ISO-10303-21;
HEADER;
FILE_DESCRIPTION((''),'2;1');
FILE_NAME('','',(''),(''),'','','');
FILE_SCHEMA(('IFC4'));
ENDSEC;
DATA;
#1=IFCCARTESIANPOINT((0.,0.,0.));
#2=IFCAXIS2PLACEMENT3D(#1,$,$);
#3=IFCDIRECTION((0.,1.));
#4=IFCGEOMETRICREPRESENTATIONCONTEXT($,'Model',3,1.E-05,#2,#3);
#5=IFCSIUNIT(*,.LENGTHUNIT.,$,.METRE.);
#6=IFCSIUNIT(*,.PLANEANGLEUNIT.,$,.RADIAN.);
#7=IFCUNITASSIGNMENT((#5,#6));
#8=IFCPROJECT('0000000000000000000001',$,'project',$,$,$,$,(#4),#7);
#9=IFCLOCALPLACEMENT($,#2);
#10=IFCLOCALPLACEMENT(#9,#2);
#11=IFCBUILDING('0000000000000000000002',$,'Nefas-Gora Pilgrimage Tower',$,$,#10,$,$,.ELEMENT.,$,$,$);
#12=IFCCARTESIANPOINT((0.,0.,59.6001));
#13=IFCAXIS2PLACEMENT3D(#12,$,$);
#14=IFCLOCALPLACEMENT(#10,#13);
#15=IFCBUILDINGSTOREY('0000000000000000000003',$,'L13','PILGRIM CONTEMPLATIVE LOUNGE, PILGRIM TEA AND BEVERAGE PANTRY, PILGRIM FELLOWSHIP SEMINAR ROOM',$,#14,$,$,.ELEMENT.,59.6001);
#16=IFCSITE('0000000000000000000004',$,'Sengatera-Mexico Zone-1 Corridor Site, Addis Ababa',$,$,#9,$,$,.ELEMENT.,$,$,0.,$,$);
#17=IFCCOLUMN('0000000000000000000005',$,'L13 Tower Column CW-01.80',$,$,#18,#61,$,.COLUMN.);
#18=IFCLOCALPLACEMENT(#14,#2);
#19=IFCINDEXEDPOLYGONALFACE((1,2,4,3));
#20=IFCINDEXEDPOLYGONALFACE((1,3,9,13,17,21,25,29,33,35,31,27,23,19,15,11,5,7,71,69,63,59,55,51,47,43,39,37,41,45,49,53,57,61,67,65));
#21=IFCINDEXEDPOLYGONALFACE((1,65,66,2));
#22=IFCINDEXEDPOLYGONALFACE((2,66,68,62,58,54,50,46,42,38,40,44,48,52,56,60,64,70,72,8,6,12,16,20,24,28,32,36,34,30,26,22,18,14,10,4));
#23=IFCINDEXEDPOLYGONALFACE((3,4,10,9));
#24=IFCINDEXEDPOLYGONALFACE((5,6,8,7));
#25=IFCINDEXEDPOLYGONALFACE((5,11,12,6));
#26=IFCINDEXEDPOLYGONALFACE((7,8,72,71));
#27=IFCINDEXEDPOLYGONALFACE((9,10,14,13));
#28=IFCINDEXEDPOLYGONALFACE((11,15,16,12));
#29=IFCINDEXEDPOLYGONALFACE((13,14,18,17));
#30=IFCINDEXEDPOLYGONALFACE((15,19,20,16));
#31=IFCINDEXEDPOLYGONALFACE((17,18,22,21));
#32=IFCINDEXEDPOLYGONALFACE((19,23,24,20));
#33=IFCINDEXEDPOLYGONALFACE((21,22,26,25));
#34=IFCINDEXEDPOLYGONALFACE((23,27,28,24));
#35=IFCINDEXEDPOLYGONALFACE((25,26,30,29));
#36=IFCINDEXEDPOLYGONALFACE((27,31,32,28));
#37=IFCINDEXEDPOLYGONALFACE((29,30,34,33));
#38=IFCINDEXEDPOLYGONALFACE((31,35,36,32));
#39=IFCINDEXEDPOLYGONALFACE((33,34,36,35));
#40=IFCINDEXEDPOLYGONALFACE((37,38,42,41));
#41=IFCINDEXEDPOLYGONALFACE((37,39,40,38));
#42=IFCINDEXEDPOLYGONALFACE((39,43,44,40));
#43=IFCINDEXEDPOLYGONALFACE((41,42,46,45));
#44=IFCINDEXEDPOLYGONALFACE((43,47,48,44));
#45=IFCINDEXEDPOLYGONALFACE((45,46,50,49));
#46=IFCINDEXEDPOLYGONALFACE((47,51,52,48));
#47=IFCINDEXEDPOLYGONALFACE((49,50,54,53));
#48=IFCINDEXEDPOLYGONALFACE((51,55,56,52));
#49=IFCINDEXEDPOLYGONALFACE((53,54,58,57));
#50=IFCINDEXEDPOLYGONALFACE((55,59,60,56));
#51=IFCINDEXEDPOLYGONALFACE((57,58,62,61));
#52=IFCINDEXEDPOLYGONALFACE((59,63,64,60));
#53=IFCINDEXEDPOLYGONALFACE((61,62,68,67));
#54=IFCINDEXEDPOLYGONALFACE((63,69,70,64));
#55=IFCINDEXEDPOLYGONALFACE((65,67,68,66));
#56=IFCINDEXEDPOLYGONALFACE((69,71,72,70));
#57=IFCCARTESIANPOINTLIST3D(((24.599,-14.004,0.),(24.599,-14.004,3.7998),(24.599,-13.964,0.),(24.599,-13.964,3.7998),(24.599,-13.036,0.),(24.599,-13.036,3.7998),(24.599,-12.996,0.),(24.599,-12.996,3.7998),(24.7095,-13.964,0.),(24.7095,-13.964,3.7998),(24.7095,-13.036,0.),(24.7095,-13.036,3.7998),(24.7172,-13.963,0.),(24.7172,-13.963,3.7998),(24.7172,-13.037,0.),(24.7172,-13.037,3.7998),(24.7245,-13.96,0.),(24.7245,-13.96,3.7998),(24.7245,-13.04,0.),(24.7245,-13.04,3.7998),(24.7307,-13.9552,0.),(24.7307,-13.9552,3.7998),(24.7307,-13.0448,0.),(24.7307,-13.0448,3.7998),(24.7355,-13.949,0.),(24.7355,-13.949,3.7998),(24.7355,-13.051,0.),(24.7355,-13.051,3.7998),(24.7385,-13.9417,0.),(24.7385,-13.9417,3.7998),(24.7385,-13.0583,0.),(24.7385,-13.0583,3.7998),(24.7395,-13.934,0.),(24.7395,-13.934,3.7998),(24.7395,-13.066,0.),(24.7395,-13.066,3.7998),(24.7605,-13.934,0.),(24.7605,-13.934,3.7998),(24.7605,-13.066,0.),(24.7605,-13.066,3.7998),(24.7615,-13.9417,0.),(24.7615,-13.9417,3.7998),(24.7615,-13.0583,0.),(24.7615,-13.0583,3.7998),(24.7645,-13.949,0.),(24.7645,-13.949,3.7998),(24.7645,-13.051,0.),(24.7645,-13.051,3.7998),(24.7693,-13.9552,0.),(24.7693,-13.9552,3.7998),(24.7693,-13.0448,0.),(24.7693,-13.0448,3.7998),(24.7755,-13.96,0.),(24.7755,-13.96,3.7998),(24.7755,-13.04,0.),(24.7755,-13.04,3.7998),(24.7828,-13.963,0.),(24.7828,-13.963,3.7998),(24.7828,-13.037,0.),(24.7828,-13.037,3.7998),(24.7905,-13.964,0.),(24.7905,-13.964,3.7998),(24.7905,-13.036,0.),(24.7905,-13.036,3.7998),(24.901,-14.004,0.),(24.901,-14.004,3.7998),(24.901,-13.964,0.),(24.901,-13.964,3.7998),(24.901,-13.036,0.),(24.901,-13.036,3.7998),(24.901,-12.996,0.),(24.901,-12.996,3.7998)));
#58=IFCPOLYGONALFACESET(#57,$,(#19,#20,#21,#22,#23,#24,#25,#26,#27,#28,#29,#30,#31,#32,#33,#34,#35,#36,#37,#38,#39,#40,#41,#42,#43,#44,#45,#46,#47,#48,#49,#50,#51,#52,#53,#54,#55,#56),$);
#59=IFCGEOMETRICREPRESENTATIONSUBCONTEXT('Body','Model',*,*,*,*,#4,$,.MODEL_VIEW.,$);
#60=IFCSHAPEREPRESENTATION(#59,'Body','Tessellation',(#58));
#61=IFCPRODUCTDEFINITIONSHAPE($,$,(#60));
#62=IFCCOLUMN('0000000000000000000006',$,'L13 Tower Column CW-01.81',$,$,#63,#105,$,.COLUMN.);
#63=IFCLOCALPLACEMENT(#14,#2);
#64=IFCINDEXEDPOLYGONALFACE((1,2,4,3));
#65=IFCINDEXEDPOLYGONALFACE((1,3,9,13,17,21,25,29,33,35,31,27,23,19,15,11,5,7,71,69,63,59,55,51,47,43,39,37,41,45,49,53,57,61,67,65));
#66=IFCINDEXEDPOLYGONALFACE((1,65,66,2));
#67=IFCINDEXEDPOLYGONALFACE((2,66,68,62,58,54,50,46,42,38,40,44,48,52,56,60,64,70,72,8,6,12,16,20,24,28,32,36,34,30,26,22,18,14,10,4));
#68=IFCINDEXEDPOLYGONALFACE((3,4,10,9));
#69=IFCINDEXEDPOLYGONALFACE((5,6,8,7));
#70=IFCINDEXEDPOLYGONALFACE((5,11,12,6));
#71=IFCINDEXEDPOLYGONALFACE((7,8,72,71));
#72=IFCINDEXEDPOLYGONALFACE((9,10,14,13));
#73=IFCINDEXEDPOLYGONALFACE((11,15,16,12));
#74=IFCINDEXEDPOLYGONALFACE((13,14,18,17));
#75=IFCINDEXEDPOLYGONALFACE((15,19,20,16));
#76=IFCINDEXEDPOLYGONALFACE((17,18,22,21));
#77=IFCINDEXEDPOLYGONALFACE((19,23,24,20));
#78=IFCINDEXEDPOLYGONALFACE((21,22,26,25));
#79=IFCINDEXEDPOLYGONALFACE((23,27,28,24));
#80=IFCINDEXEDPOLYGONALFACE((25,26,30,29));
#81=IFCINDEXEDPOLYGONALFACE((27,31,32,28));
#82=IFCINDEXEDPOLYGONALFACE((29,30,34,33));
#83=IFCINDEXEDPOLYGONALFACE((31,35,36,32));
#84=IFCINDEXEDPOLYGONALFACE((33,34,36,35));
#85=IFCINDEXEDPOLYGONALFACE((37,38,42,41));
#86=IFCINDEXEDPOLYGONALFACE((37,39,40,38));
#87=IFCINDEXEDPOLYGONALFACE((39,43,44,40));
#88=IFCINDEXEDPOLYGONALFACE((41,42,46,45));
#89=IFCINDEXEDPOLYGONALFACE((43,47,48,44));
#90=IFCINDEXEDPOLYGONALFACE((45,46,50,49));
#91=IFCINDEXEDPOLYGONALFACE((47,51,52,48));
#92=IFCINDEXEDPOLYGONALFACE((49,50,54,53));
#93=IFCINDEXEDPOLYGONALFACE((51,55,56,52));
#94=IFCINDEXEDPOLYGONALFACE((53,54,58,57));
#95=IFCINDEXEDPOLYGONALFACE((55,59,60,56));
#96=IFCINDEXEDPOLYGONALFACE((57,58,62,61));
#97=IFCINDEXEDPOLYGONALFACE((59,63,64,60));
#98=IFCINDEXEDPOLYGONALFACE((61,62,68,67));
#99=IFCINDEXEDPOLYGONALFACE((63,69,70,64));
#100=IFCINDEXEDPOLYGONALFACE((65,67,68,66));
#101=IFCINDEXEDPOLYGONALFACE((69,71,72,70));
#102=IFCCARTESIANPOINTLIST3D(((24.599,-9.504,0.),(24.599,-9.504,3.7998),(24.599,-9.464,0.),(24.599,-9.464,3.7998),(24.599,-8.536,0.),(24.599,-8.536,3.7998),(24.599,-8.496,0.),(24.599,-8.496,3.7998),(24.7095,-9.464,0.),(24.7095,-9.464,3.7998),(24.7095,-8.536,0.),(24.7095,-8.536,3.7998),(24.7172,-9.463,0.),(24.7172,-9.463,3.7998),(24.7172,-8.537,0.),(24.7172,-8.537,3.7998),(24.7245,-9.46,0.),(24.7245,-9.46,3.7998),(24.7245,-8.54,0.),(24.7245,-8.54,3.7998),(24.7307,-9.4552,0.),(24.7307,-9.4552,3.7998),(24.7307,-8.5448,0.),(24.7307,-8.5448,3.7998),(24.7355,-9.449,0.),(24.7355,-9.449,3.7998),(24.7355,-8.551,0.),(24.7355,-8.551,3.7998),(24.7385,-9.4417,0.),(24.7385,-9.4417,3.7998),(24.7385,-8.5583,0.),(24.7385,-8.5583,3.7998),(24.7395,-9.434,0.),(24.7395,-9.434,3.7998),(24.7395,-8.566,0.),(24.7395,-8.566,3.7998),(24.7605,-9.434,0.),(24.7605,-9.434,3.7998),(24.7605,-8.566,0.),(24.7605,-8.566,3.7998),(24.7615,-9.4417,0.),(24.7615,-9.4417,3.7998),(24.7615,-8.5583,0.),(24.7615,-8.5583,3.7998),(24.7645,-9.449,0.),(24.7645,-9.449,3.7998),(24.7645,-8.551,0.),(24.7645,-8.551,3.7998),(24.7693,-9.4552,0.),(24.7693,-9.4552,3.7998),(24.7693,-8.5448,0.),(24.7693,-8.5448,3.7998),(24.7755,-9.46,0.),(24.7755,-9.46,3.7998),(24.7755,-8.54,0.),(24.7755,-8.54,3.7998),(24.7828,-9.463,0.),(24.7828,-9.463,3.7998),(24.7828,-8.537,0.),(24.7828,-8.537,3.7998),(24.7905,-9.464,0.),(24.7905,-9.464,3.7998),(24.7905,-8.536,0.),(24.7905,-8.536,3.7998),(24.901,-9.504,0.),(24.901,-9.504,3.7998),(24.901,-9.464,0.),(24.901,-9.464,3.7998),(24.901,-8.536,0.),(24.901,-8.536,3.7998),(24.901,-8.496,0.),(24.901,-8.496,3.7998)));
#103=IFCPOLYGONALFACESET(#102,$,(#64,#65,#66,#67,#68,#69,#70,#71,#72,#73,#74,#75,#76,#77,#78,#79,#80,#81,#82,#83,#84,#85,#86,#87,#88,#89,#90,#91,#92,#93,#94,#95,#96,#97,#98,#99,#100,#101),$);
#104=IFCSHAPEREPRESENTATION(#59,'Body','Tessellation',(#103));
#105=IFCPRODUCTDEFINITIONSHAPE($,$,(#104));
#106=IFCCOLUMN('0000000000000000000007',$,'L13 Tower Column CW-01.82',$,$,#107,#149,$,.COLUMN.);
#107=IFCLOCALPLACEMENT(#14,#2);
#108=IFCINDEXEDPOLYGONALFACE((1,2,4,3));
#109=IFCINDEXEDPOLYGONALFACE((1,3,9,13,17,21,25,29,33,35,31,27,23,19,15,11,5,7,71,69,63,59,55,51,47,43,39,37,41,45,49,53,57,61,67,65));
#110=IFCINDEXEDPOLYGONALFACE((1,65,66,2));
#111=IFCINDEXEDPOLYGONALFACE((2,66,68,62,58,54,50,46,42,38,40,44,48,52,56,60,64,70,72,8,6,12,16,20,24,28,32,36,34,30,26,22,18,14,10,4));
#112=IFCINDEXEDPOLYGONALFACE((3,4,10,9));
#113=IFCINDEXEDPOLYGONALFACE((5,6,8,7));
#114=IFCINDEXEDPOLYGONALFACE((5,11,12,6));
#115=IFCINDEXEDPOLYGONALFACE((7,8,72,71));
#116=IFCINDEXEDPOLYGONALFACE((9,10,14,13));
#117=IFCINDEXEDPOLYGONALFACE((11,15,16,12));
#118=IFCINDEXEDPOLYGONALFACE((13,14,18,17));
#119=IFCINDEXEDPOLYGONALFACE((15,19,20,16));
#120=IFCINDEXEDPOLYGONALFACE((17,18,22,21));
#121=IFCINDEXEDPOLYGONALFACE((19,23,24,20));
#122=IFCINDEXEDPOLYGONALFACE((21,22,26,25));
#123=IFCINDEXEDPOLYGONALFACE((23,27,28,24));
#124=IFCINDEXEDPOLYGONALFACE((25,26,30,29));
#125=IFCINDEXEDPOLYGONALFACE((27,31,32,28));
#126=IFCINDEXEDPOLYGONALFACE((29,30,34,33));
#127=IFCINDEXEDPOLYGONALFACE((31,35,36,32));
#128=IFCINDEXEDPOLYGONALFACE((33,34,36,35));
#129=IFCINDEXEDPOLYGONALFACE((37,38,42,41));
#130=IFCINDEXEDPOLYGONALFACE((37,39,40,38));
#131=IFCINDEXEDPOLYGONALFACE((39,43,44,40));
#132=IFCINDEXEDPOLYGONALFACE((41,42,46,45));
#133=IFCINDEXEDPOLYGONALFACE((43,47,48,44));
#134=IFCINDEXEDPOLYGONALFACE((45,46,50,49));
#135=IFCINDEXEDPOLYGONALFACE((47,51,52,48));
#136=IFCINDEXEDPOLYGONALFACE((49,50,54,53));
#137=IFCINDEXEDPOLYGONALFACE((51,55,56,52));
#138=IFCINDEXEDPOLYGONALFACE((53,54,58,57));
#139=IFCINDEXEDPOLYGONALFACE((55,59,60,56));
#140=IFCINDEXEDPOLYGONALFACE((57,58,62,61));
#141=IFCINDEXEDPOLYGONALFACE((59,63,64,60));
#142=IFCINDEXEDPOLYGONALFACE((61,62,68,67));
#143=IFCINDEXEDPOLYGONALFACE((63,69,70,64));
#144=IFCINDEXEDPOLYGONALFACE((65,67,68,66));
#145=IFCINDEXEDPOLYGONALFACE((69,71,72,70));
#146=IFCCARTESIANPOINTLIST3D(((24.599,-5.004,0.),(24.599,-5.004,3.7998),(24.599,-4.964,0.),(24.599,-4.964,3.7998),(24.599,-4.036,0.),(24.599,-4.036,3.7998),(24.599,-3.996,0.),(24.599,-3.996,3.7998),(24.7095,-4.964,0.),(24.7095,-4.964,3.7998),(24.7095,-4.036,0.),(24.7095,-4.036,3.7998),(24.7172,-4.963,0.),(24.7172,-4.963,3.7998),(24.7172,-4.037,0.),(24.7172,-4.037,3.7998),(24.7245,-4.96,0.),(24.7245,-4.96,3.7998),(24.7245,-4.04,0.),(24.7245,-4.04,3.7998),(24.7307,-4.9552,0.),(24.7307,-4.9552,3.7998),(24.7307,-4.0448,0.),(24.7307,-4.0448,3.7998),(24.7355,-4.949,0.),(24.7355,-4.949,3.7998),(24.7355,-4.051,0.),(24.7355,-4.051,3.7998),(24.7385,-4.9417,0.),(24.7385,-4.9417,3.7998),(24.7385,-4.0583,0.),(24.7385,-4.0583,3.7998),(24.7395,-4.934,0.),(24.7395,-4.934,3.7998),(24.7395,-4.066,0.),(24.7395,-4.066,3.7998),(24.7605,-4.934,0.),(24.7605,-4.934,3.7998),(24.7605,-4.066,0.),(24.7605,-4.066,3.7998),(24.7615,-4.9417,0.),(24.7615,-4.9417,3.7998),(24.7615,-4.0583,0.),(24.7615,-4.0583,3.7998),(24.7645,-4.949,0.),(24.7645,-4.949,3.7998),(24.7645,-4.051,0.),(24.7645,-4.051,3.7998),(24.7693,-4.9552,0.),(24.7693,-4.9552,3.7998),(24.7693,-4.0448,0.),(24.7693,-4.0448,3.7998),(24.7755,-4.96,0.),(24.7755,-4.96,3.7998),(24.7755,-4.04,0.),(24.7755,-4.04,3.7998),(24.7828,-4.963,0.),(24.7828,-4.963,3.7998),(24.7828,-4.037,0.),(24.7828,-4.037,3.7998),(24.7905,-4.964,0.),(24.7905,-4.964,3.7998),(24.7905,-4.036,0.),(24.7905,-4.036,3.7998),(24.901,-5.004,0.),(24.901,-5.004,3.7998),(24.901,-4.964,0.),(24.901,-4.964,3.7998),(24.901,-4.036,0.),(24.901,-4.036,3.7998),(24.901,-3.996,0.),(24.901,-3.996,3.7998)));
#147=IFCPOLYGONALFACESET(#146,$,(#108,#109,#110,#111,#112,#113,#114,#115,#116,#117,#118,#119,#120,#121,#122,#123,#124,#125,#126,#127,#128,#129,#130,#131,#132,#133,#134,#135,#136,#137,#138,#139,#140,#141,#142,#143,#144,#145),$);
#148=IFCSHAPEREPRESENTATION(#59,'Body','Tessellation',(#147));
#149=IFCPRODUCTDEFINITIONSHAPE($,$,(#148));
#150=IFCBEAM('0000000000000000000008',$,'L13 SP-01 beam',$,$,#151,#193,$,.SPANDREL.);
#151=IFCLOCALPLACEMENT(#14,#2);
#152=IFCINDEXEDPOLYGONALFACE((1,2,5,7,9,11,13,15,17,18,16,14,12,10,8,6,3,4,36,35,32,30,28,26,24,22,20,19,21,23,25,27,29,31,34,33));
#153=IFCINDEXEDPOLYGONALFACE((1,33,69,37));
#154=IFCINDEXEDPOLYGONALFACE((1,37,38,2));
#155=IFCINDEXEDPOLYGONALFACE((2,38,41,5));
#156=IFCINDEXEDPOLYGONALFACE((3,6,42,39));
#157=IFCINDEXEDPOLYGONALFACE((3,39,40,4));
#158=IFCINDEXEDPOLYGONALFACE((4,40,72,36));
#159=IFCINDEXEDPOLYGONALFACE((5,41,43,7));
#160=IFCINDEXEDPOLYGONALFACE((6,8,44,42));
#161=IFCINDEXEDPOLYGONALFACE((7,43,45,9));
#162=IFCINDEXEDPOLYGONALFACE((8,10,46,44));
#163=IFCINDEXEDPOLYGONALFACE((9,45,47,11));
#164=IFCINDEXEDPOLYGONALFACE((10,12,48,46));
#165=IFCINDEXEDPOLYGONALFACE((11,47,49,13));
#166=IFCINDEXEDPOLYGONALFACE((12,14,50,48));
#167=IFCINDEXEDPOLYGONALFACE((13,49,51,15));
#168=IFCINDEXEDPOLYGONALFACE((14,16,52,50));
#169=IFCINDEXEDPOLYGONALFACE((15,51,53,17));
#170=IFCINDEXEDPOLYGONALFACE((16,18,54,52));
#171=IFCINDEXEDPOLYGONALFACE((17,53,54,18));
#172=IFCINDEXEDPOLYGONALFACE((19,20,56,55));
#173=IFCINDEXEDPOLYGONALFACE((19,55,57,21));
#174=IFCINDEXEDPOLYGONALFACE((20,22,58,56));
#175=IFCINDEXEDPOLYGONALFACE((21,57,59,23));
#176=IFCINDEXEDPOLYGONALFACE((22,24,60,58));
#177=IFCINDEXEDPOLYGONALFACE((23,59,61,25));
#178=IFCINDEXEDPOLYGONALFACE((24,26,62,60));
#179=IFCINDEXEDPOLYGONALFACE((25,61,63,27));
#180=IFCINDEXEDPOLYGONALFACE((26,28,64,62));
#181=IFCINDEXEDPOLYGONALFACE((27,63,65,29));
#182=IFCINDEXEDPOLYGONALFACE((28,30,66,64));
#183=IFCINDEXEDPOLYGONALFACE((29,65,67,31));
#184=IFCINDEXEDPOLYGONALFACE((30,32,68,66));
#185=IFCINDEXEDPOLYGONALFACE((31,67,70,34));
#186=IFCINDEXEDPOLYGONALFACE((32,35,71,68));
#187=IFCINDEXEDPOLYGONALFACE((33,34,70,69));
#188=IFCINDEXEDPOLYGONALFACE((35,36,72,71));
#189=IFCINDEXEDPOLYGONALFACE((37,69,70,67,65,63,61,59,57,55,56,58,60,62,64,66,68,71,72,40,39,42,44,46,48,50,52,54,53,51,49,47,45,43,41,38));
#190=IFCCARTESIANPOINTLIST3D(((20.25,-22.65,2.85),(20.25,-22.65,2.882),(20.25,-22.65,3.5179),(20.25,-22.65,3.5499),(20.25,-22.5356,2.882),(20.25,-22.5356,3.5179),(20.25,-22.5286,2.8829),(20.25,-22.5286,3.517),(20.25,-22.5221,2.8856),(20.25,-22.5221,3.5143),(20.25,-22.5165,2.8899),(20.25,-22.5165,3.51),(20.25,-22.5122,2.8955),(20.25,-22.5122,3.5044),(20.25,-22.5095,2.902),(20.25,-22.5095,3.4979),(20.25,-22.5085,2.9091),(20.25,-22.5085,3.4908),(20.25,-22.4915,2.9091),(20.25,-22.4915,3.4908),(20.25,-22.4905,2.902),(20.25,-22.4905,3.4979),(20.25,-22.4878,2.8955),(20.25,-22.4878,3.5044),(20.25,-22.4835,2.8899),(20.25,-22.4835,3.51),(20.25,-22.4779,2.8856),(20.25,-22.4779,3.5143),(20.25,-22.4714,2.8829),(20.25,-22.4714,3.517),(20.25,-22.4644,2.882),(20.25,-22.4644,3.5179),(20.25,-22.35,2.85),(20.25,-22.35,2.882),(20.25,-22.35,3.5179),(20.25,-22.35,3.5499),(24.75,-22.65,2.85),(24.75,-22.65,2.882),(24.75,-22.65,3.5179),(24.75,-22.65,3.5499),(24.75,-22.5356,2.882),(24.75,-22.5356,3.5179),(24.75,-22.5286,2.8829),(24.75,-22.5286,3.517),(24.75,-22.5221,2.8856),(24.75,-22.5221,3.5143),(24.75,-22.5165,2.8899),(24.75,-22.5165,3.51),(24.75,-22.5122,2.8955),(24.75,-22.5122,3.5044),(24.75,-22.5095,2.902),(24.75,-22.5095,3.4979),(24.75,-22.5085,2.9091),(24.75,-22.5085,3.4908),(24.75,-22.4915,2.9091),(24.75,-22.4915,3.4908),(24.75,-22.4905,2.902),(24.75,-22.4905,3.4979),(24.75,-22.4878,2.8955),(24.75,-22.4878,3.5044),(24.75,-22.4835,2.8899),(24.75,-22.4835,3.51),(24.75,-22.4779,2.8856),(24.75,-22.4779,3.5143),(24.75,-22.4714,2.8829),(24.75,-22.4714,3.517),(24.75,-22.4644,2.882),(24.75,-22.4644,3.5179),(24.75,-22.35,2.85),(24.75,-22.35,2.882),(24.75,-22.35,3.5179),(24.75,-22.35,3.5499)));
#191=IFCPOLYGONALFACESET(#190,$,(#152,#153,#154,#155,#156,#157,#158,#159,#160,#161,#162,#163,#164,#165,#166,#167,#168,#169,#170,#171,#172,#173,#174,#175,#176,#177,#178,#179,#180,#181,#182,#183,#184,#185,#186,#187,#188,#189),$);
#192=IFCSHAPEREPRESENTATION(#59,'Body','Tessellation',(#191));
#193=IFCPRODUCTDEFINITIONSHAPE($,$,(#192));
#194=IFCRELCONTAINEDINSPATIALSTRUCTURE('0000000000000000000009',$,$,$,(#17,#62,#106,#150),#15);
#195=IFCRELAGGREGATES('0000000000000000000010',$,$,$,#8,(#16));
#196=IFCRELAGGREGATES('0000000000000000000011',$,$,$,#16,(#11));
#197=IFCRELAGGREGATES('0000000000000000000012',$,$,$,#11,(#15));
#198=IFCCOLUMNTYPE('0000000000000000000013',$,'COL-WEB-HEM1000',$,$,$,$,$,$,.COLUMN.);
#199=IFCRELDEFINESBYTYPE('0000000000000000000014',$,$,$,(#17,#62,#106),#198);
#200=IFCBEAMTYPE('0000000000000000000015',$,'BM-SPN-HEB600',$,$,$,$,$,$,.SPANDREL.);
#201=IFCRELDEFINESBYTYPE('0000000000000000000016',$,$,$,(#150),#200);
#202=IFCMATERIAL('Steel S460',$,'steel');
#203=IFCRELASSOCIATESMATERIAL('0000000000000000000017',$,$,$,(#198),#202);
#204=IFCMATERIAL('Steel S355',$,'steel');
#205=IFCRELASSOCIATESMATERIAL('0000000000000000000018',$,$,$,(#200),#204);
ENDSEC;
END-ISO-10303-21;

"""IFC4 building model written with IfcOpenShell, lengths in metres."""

from ifc_helpers import new_model, si_unit, direction, frame, origin, origin_2d, place, context, subcontext, project, spatial, i_section, extrude, source, transform, mapped, material, material_profile, profile_set, type_object, element, save


model = new_model("IFC4")

# Units and contexts
model_context = context("Model", 3, precision=1e-05, world=origin(), true_north=direction((0.0, 1.0)))
body_context = subcontext(model_context, "Body", "Model", "MODEL_VIEW")
ifc_project = project(units=[si_unit("LENGTHUNIT", "METRE"), si_unit("PLANEANGLEUNIT", "RADIAN")], contexts=[model_context])

# Site, building, storey
site_placement = place(None, origin())
site = spatial("IfcSite", under=ifc_project, at=site_placement, Name="Sengatera-Mexico Zone-1 Corridor Site, Addis Ababa", CompositionType="ELEMENT", RefElevation=0.0)
building_placement = place(site_placement, origin())
building = spatial("IfcBuilding", under=site, at=building_placement, Name="Nefas-Gora Pilgrimage Tower", CompositionType="ELEMENT")
storey_placement = place(building_placement, frame((0.0, 0.0, 59.6001)))
storey = spatial("IfcBuildingStorey", under=building, at=storey_placement, Name="L13", Description="PILGRIM CONTEMPLATIVE LOUNGE, PILGRIM TEA AND BEVERAGE PANTRY, PILGRIM FELLOWSHIP SEMINAR ROOM", CompositionType="ELEMENT", Elevation=59.6001)

# Columns
ifc_material_1 = material(Name="Steel S460", Category="steel")
ifc_material_profile_1 = material_profile(ifc_material_1, i_section(OverallWidth=0.302, OverallDepth=1.0081, WebThickness=0.021, FlangeThickness=0.04, FilletRadius=0.03, at=origin_2d()), Name="HEM 1000")
ifc_profile_set_1 = profile_set([ifc_material_profile_1], Name="Steel S460")
column_type_1 = type_object("IfcColumnType", Name="COL-WEB-HEM1000", PredefinedType="COLUMN", material=ifc_profile_set_1)
shared_shape_1 = source(origin(), body_context, "Body", "SweptSolid", [
    extrude(i_section(OverallWidth=0.302, OverallDepth=1.0081, WebThickness=0.021, FlangeThickness=0.04, FilletRadius=0.03, at=origin_2d()), origin(), (0.0, 0.0, 1.0), 3.7998),
])
for number, where, z_axis, x_axis, name in (
    (1, (24.75, -13.5, 0.0), (0.0, 0.0, 1.0), (1.0, 0.0, 0.0), "L13 Tower Column CW-01.80"),
    (2, (24.75, -9.0, 0.0), (0.0, 0.0, 1.0), (1.0, 0.0, 0.0), "L13 Tower Column CW-01.81"),
    (3, (24.75, -4.5, 0.0), (0.0, 0.0, 1.0), (1.0, 0.0, 0.0), "L13 Tower Column CW-01.82"),
):
    element("IfcColumn", number, at=place(storey_placement, frame(where, z_axis=z_axis, x_axis=x_axis)), inside=storey, type_object=column_type_1, Name=name, PredefinedType="COLUMN", context=body_context, shape_type="MappedRepresentation", body=[
        mapped(shared_shape_1, transform((0.0, 0.0, 0.0), x_axis=(1.0, 0.0, 0.0), y_axis=(0.0, 1.0, 0.0), z_axis=(0.0, 0.0, 1.0), scale=1.0)),
    ])

# Beam
ifc_material_2 = material(Name="Steel S355", Category="steel")
ifc_material_profile_2 = material_profile(ifc_material_2, i_section(OverallWidth=0.3, OverallDepth=0.7, WebThickness=0.0171, FlangeThickness=0.032, FilletRadius=0.0271, at=origin_2d()), Name="HEB 700")
ifc_profile_set_2 = profile_set([ifc_material_profile_2], Name="Steel S355")
beam_type_1 = type_object("IfcBeamType", Name="BM-SPN-HEB600", PredefinedType="SPANDREL", material=ifc_profile_set_2)
shared_shape_2 = source(origin(), body_context, "Body", "SweptSolid", [
    extrude(i_section(OverallWidth=0.3, OverallDepth=0.7, WebThickness=0.0171, FlangeThickness=0.032, FilletRadius=0.0271, at=origin_2d()), origin(), (0.0, 0.0, 1.0), 4.5),
])
for number, where, z_axis, x_axis, name in (
    (4, (20.25, -22.5, 3.2), (1.0, 0.0, 0.0), (0.0, 1.0, 0.0), "L13 SP-01 beam"),
):
    element("IfcBeam", number, at=place(storey_placement, frame(where, z_axis=z_axis, x_axis=x_axis)), inside=storey, type_object=beam_type_1, Name=name, PredefinedType="SPANDREL", context=body_context, shape_type="MappedRepresentation", body=[
        mapped(shared_shape_2, transform((0.0, 0.0, 0.0), x_axis=(1.0, 0.0, 0.0), y_axis=(0.0, 1.0, 0.0), z_axis=(0.0, 0.0, 1.0), scale=1.0)),
    ])

save(model, "model.ifc")
